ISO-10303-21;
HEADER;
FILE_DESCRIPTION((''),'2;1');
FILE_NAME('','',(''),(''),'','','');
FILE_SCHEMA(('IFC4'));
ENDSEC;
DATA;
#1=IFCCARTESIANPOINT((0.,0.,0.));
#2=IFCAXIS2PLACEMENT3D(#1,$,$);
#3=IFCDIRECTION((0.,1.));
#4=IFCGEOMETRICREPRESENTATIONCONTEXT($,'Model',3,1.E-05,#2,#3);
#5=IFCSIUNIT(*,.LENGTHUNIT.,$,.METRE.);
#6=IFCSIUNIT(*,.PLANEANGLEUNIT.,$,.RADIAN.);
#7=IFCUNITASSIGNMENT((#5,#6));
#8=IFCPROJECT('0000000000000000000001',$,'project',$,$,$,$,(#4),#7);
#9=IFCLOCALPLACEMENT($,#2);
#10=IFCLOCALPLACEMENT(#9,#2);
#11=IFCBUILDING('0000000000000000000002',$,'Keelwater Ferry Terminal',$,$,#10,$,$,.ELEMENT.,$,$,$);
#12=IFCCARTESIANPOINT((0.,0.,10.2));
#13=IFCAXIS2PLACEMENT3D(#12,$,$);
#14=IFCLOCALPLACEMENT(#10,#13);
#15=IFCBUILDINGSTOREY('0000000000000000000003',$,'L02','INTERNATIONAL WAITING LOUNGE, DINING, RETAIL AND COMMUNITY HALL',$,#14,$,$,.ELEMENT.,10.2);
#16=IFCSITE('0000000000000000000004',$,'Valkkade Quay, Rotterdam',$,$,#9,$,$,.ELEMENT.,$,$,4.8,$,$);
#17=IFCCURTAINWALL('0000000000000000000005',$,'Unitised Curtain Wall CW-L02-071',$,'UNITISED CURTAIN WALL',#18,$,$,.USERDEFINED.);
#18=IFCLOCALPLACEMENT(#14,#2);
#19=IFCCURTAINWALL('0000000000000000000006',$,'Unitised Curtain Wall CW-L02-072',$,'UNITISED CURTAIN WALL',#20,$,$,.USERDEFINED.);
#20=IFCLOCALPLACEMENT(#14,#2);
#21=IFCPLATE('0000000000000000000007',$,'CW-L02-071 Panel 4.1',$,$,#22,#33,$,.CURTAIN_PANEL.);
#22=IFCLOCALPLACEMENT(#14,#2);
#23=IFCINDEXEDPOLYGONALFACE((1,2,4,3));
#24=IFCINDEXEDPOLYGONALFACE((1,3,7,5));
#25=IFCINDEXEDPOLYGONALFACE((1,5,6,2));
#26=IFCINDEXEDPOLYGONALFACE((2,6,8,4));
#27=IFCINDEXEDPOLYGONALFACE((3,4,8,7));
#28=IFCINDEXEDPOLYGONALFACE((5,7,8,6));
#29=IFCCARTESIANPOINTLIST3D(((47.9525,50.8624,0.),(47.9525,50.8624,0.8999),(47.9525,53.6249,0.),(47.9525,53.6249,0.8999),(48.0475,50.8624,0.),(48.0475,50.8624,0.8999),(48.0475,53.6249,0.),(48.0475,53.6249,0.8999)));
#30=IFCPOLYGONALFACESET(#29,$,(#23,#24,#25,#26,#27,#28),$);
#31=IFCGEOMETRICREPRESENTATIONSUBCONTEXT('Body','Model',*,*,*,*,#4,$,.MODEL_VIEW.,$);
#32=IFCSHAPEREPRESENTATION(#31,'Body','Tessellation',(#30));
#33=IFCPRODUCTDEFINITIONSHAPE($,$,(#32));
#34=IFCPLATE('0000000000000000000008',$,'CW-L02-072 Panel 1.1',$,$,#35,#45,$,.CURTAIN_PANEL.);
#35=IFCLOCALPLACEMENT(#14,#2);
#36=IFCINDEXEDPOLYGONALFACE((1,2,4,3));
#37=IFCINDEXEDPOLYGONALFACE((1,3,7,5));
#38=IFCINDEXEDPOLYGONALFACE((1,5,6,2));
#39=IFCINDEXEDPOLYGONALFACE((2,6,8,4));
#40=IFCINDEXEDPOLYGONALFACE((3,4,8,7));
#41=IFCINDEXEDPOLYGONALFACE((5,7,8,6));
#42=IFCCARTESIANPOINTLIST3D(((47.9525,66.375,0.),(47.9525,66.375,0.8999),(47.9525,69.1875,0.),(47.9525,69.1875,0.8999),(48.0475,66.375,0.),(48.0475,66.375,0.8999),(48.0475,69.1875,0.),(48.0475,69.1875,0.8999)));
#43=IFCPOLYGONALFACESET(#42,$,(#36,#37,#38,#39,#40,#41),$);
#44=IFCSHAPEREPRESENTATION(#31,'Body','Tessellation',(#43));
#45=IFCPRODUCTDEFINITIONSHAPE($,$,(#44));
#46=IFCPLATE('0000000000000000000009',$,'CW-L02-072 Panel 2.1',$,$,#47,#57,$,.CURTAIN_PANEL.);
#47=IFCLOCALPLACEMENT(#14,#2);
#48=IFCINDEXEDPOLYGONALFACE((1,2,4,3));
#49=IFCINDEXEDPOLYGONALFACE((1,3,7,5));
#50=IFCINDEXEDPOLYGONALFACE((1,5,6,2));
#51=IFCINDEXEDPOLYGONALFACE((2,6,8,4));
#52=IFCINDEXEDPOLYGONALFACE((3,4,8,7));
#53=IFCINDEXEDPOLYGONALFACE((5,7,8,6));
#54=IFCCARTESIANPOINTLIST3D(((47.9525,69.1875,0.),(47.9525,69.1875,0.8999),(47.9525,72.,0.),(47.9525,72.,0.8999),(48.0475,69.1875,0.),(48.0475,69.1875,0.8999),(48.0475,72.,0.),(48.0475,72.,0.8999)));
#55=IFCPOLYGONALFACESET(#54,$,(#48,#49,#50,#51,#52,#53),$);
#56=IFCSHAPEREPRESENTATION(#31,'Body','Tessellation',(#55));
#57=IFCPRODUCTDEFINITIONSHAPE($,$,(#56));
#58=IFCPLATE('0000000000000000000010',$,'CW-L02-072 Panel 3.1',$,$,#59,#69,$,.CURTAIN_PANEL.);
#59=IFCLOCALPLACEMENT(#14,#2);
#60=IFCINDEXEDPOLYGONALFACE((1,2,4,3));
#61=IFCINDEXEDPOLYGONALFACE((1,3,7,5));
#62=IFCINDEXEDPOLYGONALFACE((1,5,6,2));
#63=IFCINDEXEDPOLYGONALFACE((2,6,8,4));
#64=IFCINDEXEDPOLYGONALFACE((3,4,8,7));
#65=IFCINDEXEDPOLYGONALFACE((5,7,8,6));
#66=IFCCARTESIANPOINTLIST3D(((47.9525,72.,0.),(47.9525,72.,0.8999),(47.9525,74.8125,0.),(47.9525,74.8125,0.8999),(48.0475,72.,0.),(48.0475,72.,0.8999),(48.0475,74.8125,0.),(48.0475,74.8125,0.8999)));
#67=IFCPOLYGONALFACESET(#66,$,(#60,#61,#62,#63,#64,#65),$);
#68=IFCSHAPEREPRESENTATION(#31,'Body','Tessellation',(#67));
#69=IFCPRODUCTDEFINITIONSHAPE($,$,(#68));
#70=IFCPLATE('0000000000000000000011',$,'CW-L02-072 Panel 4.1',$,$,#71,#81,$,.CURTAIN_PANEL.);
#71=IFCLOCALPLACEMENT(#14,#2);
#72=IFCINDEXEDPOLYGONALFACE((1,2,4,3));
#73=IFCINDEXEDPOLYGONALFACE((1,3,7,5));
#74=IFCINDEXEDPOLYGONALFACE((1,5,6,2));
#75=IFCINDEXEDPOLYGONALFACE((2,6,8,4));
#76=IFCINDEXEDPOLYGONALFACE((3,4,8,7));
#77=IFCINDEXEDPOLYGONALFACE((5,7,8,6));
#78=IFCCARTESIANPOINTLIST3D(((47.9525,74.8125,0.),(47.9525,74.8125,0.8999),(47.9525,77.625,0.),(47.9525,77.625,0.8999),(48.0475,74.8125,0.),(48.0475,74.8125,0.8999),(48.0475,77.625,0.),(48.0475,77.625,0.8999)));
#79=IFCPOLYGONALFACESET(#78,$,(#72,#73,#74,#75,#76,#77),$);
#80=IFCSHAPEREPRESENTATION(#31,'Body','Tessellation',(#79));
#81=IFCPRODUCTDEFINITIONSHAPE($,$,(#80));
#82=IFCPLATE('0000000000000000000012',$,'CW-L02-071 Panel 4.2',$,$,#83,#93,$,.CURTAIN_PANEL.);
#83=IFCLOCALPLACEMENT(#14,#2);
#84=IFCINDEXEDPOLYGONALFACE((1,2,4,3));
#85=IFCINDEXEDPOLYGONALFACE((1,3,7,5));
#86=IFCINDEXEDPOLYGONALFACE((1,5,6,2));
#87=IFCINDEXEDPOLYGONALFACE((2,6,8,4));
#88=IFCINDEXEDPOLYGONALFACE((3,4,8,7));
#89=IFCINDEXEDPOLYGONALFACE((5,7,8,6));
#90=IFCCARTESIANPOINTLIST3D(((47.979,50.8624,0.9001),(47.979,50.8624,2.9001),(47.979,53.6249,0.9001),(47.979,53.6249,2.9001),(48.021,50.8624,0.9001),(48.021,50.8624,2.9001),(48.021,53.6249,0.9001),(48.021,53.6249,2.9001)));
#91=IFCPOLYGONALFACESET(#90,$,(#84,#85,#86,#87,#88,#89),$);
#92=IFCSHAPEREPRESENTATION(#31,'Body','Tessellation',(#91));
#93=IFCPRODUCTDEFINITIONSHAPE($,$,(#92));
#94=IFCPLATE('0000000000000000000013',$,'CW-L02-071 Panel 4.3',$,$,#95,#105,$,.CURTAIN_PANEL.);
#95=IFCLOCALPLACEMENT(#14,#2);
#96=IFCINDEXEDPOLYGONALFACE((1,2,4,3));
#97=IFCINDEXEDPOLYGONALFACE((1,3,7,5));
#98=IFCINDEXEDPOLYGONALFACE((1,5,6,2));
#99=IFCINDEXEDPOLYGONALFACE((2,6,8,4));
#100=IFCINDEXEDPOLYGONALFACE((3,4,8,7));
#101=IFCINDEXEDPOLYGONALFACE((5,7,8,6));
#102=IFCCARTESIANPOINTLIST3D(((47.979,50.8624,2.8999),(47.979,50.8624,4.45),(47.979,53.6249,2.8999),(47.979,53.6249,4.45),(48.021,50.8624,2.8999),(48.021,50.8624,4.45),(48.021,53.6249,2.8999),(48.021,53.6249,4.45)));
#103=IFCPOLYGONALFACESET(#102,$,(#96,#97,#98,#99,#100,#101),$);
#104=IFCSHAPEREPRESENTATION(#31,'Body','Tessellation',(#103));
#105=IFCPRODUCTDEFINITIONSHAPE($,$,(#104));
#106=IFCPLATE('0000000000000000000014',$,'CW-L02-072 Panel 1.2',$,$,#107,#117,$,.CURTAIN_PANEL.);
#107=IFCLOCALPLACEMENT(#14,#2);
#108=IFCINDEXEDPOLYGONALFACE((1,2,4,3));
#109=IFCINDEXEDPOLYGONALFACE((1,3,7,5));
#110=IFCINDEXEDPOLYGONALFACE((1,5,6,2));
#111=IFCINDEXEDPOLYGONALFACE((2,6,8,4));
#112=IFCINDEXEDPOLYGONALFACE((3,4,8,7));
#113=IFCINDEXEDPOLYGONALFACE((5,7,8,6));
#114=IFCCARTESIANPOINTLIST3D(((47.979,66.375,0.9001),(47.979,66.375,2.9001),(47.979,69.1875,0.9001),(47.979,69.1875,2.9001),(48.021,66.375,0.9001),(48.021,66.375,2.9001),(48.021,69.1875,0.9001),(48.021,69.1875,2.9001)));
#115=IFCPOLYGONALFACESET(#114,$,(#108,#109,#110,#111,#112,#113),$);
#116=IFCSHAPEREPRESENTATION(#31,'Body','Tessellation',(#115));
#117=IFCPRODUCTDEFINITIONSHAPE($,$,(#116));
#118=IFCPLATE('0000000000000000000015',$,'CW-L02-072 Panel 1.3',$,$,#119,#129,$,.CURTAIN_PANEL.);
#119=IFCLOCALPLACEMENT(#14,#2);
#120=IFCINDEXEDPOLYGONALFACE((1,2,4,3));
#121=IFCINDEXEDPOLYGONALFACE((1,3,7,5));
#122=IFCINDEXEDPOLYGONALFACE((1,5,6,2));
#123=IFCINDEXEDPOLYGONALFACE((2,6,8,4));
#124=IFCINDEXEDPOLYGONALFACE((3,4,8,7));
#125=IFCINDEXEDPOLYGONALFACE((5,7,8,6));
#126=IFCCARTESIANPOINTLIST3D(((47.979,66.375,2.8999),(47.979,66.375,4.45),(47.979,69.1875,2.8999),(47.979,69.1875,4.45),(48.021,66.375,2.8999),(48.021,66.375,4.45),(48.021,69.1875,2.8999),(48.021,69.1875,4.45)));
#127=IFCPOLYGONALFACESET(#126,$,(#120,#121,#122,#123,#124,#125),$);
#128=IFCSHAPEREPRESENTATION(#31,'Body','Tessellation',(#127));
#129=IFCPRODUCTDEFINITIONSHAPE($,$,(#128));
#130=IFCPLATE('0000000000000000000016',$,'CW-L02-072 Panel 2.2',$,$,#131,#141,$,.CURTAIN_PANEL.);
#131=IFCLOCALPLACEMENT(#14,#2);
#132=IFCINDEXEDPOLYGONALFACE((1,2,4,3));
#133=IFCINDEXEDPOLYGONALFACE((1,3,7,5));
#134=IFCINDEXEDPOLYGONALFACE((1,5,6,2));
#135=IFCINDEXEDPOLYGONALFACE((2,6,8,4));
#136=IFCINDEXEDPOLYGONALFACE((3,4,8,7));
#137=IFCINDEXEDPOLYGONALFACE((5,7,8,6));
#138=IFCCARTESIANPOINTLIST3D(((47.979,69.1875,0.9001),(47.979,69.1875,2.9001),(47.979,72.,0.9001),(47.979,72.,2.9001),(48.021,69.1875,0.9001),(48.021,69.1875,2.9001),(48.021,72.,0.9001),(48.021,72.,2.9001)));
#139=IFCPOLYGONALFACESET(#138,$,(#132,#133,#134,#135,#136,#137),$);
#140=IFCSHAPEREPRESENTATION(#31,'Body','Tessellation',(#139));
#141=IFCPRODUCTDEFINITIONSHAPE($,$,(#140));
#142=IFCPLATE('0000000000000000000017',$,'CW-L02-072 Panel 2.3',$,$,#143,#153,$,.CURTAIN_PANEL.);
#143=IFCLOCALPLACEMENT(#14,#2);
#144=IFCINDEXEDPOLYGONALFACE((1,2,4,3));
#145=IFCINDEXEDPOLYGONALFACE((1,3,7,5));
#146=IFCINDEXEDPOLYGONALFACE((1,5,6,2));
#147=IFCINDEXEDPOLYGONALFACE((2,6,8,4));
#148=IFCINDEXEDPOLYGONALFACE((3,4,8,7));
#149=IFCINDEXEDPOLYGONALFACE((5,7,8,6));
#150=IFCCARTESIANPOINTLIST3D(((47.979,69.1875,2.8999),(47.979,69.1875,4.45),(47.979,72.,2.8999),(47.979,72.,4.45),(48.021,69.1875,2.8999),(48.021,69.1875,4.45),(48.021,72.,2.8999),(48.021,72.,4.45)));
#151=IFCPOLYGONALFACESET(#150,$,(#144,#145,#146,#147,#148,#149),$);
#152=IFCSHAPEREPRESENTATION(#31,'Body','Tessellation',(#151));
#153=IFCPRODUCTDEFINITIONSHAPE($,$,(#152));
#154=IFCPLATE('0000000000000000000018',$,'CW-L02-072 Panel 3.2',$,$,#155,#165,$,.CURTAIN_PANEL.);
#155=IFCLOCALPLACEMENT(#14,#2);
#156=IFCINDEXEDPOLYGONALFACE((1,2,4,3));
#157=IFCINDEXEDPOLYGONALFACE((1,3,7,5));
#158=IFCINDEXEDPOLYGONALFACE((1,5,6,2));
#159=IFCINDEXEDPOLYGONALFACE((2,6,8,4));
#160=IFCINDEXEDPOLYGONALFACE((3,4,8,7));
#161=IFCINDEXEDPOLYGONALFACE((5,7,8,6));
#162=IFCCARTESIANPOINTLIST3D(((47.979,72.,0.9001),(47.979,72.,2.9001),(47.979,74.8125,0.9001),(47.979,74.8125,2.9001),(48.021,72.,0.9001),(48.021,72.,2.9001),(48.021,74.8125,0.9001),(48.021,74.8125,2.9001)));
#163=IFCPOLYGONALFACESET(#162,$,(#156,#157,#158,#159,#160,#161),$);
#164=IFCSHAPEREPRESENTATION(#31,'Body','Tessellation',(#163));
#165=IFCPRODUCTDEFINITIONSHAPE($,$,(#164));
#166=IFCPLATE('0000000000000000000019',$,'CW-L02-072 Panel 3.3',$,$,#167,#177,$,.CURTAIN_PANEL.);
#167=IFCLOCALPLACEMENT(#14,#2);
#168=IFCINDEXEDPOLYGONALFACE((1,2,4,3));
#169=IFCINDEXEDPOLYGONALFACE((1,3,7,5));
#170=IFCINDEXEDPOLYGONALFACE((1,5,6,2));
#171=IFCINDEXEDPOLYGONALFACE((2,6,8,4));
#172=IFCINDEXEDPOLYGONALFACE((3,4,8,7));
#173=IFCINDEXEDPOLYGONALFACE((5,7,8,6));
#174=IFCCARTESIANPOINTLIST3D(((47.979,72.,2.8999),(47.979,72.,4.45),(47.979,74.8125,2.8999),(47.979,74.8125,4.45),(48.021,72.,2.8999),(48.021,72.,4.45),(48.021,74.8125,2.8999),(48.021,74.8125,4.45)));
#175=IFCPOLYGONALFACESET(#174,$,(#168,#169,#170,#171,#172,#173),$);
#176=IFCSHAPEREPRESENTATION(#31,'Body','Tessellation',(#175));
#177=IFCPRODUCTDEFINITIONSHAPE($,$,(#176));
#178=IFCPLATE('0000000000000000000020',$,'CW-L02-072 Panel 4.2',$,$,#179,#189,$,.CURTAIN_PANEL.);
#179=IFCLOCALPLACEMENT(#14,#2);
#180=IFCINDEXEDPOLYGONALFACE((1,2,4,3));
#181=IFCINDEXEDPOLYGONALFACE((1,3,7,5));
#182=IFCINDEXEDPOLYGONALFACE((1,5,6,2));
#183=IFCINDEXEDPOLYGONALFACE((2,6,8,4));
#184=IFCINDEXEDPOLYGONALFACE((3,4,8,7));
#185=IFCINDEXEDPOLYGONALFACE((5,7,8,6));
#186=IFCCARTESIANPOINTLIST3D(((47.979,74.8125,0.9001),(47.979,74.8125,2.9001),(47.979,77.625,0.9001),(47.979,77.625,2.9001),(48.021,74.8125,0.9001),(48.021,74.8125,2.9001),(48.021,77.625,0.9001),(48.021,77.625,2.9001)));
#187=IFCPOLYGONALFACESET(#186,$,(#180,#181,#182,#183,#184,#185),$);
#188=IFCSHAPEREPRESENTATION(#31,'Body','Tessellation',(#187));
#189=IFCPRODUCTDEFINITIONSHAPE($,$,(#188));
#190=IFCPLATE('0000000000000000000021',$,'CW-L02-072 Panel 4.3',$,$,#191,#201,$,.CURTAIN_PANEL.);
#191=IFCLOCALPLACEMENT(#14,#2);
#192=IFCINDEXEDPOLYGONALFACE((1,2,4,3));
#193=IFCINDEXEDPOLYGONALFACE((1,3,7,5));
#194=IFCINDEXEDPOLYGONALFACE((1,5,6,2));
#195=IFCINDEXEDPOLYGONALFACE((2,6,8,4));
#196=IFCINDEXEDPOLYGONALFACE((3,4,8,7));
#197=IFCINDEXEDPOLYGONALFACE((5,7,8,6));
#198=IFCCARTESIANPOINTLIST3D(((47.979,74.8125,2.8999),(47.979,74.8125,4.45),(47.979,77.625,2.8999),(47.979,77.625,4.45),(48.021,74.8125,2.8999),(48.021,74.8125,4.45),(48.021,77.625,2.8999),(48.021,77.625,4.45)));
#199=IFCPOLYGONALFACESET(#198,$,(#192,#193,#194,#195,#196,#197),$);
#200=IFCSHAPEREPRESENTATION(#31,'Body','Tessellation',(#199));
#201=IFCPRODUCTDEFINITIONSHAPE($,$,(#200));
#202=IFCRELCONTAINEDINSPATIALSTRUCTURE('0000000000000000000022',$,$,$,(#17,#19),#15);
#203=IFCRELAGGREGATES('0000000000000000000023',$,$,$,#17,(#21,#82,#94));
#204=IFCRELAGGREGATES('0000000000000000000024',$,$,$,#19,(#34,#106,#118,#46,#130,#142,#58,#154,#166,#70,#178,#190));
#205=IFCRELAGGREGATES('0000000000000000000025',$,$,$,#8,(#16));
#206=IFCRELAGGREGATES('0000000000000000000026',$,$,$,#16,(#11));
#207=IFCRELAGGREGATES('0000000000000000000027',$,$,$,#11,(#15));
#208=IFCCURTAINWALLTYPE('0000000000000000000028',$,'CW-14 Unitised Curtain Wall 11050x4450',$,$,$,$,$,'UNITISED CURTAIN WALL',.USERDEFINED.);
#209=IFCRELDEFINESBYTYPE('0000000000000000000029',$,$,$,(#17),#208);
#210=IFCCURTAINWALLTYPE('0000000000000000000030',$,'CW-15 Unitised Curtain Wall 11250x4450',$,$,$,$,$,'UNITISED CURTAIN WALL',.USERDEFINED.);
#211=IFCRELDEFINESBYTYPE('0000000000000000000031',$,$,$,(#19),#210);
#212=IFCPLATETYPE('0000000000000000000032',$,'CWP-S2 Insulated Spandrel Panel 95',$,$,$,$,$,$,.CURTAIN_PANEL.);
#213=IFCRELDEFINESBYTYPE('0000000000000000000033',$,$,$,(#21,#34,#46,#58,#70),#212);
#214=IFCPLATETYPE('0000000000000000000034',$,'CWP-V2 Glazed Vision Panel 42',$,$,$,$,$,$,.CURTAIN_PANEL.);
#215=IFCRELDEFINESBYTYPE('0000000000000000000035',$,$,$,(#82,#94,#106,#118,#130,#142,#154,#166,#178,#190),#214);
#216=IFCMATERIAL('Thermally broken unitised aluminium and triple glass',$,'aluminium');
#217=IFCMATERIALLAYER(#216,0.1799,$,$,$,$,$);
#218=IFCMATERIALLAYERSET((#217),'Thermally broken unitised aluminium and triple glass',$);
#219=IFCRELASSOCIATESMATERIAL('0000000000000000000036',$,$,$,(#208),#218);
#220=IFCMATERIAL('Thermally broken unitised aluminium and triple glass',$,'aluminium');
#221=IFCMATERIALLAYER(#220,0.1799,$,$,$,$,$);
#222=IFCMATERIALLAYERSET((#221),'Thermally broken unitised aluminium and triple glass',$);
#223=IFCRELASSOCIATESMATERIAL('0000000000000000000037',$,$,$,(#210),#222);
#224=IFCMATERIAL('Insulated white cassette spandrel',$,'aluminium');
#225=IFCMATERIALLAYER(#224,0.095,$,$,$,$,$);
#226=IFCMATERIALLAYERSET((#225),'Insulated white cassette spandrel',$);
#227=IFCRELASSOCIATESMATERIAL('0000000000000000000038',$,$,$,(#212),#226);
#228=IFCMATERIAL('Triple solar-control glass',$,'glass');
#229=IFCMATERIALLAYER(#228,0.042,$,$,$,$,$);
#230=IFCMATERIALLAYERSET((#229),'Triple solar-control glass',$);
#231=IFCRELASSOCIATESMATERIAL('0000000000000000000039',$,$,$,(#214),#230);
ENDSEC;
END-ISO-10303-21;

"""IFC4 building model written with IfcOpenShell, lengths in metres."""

from ifc_helpers import new_model, si_unit, direction, frame, origin, origin_2d, place, context, subcontext, project, spatial, rectangle, extrude, material, layer, layer_set, type_object, element, aggregate, save


model = new_model("IFC4")

# Units and contexts
model_context = context("Model", 3, precision=1e-05, world=origin(), true_north=direction((0.0, 1.0)))
body_context = subcontext(model_context, "Body", "Model", "MODEL_VIEW")
ifc_project = project(units=[si_unit("LENGTHUNIT", "METRE"), si_unit("PLANEANGLEUNIT", "RADIAN")], contexts=[model_context])

# Site, building, storey
site_placement = place(None, origin())
site = spatial("IfcSite", under=ifc_project, at=site_placement, Name="Valkkade Quay, Rotterdam", CompositionType="ELEMENT", RefElevation=4.8)
building_placement = place(site_placement, origin())
building = spatial("IfcBuilding", under=site, at=building_placement, Name="Keelwater Ferry Terminal", CompositionType="ELEMENT")
storey_placement = place(building_placement, frame((0.0, 0.0, 10.2)))
storey = spatial("IfcBuildingStorey", under=building, at=storey_placement, Name="L02", Description="INTERNATIONAL WAITING LOUNGE, DINING, RETAIL AND COMMUNITY HALL", CompositionType="ELEMENT", Elevation=10.2)

# Curtain walls
ifc_material_1 = material(Name="Thermally broken unitised aluminium and triple glass", Category="aluminium")
ifc_layer_1 = layer(ifc_material_1, 0.1799)
ifc_layer_set_1 = layer_set([ifc_layer_1], Name="Thermally broken unitised aluminium and triple glass")
curtain_wall_type_1 = type_object("IfcCurtainWallType", Name="CW-14 Unitised Curtain Wall 11050x4450", ElementType="UNITISED CURTAIN WALL", PredefinedType="USERDEFINED", material=ifc_layer_set_1)
curtain_wall_1_placement = place(storey_placement, origin())
curtain_wall_1 = element("IfcCurtainWall", 1, at=curtain_wall_1_placement, inside=storey, type_object=curtain_wall_type_1, Name="Unitised Curtain Wall CW-L02-071", ObjectType="UNITISED CURTAIN WALL", PredefinedType="USERDEFINED")
ifc_material_2 = material(Name="Thermally broken unitised aluminium and triple glass", Category="aluminium")
ifc_layer_2 = layer(ifc_material_2, 0.1799)
ifc_layer_set_2 = layer_set([ifc_layer_2], Name="Thermally broken unitised aluminium and triple glass")
curtain_wall_type_2 = type_object("IfcCurtainWallType", Name="CW-15 Unitised Curtain Wall 11250x4450", ElementType="UNITISED CURTAIN WALL", PredefinedType="USERDEFINED", material=ifc_layer_set_2)
curtain_wall_2_placement = place(storey_placement, origin())
curtain_wall_2 = element("IfcCurtainWall", 2, at=curtain_wall_2_placement, inside=storey, type_object=curtain_wall_type_2, Name="Unitised Curtain Wall CW-L02-072", ObjectType="UNITISED CURTAIN WALL", PredefinedType="USERDEFINED")

# Plates
ifc_material_3 = material(Name="Insulated white cassette spandrel", Category="aluminium")
ifc_layer_3 = layer(ifc_material_3, 0.095)
ifc_layer_set_3 = layer_set([ifc_layer_3], Name="Insulated white cassette spandrel")
plate_type_1 = type_object("IfcPlateType", Name="CWP-S2 Insulated Spandrel Panel 95", PredefinedType="CURTAIN_PANEL", material=ifc_layer_set_3)
plate_1_placement = place(storey_placement, frame((48.0, 52.2437, 0.0), z_axis=(0.0, 0.0, 1.0), x_axis=(0.0, 1.0, 0.0)))
plate_1 = element("IfcPlate", 3, at=plate_1_placement, type_object=plate_type_1, Name="CW-L02-071 Panel 4.1", PredefinedType="CURTAIN_PANEL", context=body_context, shape_type="SweptSolid", body=[
    extrude(rectangle(XDim=2.7625, YDim=0.095, at=origin_2d()), origin(), (0.0, 0.0, 1.0), 0.8999),
])
plate_2_placement = place(storey_placement, frame((48.0, 67.7812, 0.0), z_axis=(0.0, 0.0, 1.0), x_axis=(0.0, 1.0, 0.0)))
plate_2 = element("IfcPlate", 4, at=plate_2_placement, type_object=plate_type_1, Name="CW-L02-072 Panel 1.1", PredefinedType="CURTAIN_PANEL", context=body_context, shape_type="SweptSolid", body=[
    extrude(rectangle(XDim=2.8125, YDim=0.095, at=origin_2d()), origin(), (0.0, 0.0, 1.0), 0.8999),
])
plate_3_placement = place(storey_placement, frame((48.0, 70.5938, 0.0), z_axis=(0.0, 0.0, 1.0), x_axis=(0.0, 1.0, 0.0)))
plate_3 = element("IfcPlate", 5, at=plate_3_placement, type_object=plate_type_1, Name="CW-L02-072 Panel 2.1", PredefinedType="CURTAIN_PANEL", context=body_context, shape_type="SweptSolid", body=[
    extrude(rectangle(XDim=2.8125, YDim=0.095, at=origin_2d()), origin(), (0.0, 0.0, 1.0), 0.8999),
])
plate_4_placement = place(storey_placement, frame((48.0, 73.4062, 0.0), z_axis=(0.0, 0.0, 1.0), x_axis=(0.0, 1.0, 0.0)))
plate_4 = element("IfcPlate", 6, at=plate_4_placement, type_object=plate_type_1, Name="CW-L02-072 Panel 3.1", PredefinedType="CURTAIN_PANEL", context=body_context, shape_type="SweptSolid", body=[
    extrude(rectangle(XDim=2.8125, YDim=0.095, at=origin_2d()), origin(), (0.0, 0.0, 1.0), 0.8999),
])
plate_5_placement = place(storey_placement, frame((48.0, 76.2188, 0.0), z_axis=(0.0, 0.0, 1.0), x_axis=(0.0, 1.0, 0.0)))
plate_5 = element("IfcPlate", 7, at=plate_5_placement, type_object=plate_type_1, Name="CW-L02-072 Panel 4.1", PredefinedType="CURTAIN_PANEL", context=body_context, shape_type="SweptSolid", body=[
    extrude(rectangle(XDim=2.8125, YDim=0.095, at=origin_2d()), origin(), (0.0, 0.0, 1.0), 0.8999),
])
ifc_material_4 = material(Name="Triple solar-control glass", Category="glass")
ifc_layer_4 = layer(ifc_material_4, 0.042)
ifc_layer_set_4 = layer_set([ifc_layer_4], Name="Triple solar-control glass")
plate_type_2 = type_object("IfcPlateType", Name="CWP-V2 Glazed Vision Panel 42", PredefinedType="CURTAIN_PANEL", material=ifc_layer_set_4)
plate_6_placement = place(storey_placement, frame((48.0, 52.2437, 0.9001), z_axis=(0.0, 0.0, 1.0), x_axis=(0.0, 1.0, 0.0)))
plate_6 = element("IfcPlate", 8, at=plate_6_placement, type_object=plate_type_2, Name="CW-L02-071 Panel 4.2", PredefinedType="CURTAIN_PANEL", context=body_context, shape_type="SweptSolid", body=[
    extrude(rectangle(XDim=2.7625, YDim=0.042, at=origin_2d()), origin(), (0.0, 0.0, 1.0), 2.0),
])
plate_7_placement = place(storey_placement, frame((48.0, 52.2437, 2.8999), z_axis=(0.0, 0.0, 1.0), x_axis=(0.0, 1.0, 0.0)))
plate_7 = element("IfcPlate", 9, at=plate_7_placement, type_object=plate_type_2, Name="CW-L02-071 Panel 4.3", PredefinedType="CURTAIN_PANEL", context=body_context, shape_type="SweptSolid", body=[
    extrude(rectangle(XDim=2.7625, YDim=0.042, at=origin_2d()), origin(), (0.0, 0.0, 1.0), 1.55),
])
aggregate(curtain_wall_1, [plate_1, plate_6, plate_7])
plate_8_placement = place(storey_placement, frame((48.0, 67.7812, 0.9001), z_axis=(0.0, 0.0, 1.0), x_axis=(0.0, 1.0, 0.0)))
plate_8 = element("IfcPlate", 10, at=plate_8_placement, type_object=plate_type_2, Name="CW-L02-072 Panel 1.2", PredefinedType="CURTAIN_PANEL", context=body_context, shape_type="SweptSolid", body=[
    extrude(rectangle(XDim=2.8125, YDim=0.042, at=origin_2d()), origin(), (0.0, 0.0, 1.0), 2.0),
])
plate_9_placement = place(storey_placement, frame((48.0, 67.7812, 2.8999), z_axis=(0.0, 0.0, 1.0), x_axis=(0.0, 1.0, 0.0)))
plate_9 = element("IfcPlate", 11, at=plate_9_placement, type_object=plate_type_2, Name="CW-L02-072 Panel 1.3", PredefinedType="CURTAIN_PANEL", context=body_context, shape_type="SweptSolid", body=[
    extrude(rectangle(XDim=2.8125, YDim=0.042, at=origin_2d()), origin(), (0.0, 0.0, 1.0), 1.55),
])
plate_10_placement = place(storey_placement, frame((48.0, 70.5938, 0.9001), z_axis=(0.0, 0.0, 1.0), x_axis=(0.0, 1.0, 0.0)))
plate_10 = element("IfcPlate", 12, at=plate_10_placement, type_object=plate_type_2, Name="CW-L02-072 Panel 2.2", PredefinedType="CURTAIN_PANEL", context=body_context, shape_type="SweptSolid", body=[
    extrude(rectangle(XDim=2.8125, YDim=0.042, at=origin_2d()), origin(), (0.0, 0.0, 1.0), 2.0),
])
plate_11_placement = place(storey_placement, frame((48.0, 70.5938, 2.8999), z_axis=(0.0, 0.0, 1.0), x_axis=(0.0, 1.0, 0.0)))
plate_11 = element("IfcPlate", 13, at=plate_11_placement, type_object=plate_type_2, Name="CW-L02-072 Panel 2.3", PredefinedType="CURTAIN_PANEL", context=body_context, shape_type="SweptSolid", body=[
    extrude(rectangle(XDim=2.8125, YDim=0.042, at=origin_2d()), origin(), (0.0, 0.0, 1.0), 1.55),
])
plate_12_placement = place(storey_placement, frame((48.0, 73.4062, 0.9001), z_axis=(0.0, 0.0, 1.0), x_axis=(0.0, 1.0, 0.0)))
plate_12 = element("IfcPlate", 14, at=plate_12_placement, type_object=plate_type_2, Name="CW-L02-072 Panel 3.2", PredefinedType="CURTAIN_PANEL", context=body_context, shape_type="SweptSolid", body=[
    extrude(rectangle(XDim=2.8125, YDim=0.042, at=origin_2d()), origin(), (0.0, 0.0, 1.0), 2.0),
])
plate_13_placement = place(storey_placement, frame((48.0, 73.4062, 2.8999), z_axis=(0.0, 0.0, 1.0), x_axis=(0.0, 1.0, 0.0)))
plate_13 = element("IfcPlate", 15, at=plate_13_placement, type_object=plate_type_2, Name="CW-L02-072 Panel 3.3", PredefinedType="CURTAIN_PANEL", context=body_context, shape_type="SweptSolid", body=[
    extrude(rectangle(XDim=2.8125, YDim=0.042, at=origin_2d()), origin(), (0.0, 0.0, 1.0), 1.55),
])
plate_14_placement = place(storey_placement, frame((48.0, 76.2188, 0.9001), z_axis=(0.0, 0.0, 1.0), x_axis=(0.0, 1.0, 0.0)))
plate_14 = element("IfcPlate", 16, at=plate_14_placement, type_object=plate_type_2, Name="CW-L02-072 Panel 4.2", PredefinedType="CURTAIN_PANEL", context=body_context, shape_type="SweptSolid", body=[
    extrude(rectangle(XDim=2.8125, YDim=0.042, at=origin_2d()), origin(), (0.0, 0.0, 1.0), 2.0),
])
plate_15_placement = place(storey_placement, frame((48.0, 76.2188, 2.8999), z_axis=(0.0, 0.0, 1.0), x_axis=(0.0, 1.0, 0.0)))
plate_15 = element("IfcPlate", 17, at=plate_15_placement, type_object=plate_type_2, Name="CW-L02-072 Panel 4.3", PredefinedType="CURTAIN_PANEL", context=body_context, shape_type="SweptSolid", body=[
    extrude(rectangle(XDim=2.8125, YDim=0.042, at=origin_2d()), origin(), (0.0, 0.0, 1.0), 1.55),
])
aggregate(curtain_wall_2, [plate_2, plate_8, plate_9, plate_3, plate_10, plate_11, plate_4, plate_12, plate_13, plate_5, plate_14, plate_15])

save(model, "model.ifc")
